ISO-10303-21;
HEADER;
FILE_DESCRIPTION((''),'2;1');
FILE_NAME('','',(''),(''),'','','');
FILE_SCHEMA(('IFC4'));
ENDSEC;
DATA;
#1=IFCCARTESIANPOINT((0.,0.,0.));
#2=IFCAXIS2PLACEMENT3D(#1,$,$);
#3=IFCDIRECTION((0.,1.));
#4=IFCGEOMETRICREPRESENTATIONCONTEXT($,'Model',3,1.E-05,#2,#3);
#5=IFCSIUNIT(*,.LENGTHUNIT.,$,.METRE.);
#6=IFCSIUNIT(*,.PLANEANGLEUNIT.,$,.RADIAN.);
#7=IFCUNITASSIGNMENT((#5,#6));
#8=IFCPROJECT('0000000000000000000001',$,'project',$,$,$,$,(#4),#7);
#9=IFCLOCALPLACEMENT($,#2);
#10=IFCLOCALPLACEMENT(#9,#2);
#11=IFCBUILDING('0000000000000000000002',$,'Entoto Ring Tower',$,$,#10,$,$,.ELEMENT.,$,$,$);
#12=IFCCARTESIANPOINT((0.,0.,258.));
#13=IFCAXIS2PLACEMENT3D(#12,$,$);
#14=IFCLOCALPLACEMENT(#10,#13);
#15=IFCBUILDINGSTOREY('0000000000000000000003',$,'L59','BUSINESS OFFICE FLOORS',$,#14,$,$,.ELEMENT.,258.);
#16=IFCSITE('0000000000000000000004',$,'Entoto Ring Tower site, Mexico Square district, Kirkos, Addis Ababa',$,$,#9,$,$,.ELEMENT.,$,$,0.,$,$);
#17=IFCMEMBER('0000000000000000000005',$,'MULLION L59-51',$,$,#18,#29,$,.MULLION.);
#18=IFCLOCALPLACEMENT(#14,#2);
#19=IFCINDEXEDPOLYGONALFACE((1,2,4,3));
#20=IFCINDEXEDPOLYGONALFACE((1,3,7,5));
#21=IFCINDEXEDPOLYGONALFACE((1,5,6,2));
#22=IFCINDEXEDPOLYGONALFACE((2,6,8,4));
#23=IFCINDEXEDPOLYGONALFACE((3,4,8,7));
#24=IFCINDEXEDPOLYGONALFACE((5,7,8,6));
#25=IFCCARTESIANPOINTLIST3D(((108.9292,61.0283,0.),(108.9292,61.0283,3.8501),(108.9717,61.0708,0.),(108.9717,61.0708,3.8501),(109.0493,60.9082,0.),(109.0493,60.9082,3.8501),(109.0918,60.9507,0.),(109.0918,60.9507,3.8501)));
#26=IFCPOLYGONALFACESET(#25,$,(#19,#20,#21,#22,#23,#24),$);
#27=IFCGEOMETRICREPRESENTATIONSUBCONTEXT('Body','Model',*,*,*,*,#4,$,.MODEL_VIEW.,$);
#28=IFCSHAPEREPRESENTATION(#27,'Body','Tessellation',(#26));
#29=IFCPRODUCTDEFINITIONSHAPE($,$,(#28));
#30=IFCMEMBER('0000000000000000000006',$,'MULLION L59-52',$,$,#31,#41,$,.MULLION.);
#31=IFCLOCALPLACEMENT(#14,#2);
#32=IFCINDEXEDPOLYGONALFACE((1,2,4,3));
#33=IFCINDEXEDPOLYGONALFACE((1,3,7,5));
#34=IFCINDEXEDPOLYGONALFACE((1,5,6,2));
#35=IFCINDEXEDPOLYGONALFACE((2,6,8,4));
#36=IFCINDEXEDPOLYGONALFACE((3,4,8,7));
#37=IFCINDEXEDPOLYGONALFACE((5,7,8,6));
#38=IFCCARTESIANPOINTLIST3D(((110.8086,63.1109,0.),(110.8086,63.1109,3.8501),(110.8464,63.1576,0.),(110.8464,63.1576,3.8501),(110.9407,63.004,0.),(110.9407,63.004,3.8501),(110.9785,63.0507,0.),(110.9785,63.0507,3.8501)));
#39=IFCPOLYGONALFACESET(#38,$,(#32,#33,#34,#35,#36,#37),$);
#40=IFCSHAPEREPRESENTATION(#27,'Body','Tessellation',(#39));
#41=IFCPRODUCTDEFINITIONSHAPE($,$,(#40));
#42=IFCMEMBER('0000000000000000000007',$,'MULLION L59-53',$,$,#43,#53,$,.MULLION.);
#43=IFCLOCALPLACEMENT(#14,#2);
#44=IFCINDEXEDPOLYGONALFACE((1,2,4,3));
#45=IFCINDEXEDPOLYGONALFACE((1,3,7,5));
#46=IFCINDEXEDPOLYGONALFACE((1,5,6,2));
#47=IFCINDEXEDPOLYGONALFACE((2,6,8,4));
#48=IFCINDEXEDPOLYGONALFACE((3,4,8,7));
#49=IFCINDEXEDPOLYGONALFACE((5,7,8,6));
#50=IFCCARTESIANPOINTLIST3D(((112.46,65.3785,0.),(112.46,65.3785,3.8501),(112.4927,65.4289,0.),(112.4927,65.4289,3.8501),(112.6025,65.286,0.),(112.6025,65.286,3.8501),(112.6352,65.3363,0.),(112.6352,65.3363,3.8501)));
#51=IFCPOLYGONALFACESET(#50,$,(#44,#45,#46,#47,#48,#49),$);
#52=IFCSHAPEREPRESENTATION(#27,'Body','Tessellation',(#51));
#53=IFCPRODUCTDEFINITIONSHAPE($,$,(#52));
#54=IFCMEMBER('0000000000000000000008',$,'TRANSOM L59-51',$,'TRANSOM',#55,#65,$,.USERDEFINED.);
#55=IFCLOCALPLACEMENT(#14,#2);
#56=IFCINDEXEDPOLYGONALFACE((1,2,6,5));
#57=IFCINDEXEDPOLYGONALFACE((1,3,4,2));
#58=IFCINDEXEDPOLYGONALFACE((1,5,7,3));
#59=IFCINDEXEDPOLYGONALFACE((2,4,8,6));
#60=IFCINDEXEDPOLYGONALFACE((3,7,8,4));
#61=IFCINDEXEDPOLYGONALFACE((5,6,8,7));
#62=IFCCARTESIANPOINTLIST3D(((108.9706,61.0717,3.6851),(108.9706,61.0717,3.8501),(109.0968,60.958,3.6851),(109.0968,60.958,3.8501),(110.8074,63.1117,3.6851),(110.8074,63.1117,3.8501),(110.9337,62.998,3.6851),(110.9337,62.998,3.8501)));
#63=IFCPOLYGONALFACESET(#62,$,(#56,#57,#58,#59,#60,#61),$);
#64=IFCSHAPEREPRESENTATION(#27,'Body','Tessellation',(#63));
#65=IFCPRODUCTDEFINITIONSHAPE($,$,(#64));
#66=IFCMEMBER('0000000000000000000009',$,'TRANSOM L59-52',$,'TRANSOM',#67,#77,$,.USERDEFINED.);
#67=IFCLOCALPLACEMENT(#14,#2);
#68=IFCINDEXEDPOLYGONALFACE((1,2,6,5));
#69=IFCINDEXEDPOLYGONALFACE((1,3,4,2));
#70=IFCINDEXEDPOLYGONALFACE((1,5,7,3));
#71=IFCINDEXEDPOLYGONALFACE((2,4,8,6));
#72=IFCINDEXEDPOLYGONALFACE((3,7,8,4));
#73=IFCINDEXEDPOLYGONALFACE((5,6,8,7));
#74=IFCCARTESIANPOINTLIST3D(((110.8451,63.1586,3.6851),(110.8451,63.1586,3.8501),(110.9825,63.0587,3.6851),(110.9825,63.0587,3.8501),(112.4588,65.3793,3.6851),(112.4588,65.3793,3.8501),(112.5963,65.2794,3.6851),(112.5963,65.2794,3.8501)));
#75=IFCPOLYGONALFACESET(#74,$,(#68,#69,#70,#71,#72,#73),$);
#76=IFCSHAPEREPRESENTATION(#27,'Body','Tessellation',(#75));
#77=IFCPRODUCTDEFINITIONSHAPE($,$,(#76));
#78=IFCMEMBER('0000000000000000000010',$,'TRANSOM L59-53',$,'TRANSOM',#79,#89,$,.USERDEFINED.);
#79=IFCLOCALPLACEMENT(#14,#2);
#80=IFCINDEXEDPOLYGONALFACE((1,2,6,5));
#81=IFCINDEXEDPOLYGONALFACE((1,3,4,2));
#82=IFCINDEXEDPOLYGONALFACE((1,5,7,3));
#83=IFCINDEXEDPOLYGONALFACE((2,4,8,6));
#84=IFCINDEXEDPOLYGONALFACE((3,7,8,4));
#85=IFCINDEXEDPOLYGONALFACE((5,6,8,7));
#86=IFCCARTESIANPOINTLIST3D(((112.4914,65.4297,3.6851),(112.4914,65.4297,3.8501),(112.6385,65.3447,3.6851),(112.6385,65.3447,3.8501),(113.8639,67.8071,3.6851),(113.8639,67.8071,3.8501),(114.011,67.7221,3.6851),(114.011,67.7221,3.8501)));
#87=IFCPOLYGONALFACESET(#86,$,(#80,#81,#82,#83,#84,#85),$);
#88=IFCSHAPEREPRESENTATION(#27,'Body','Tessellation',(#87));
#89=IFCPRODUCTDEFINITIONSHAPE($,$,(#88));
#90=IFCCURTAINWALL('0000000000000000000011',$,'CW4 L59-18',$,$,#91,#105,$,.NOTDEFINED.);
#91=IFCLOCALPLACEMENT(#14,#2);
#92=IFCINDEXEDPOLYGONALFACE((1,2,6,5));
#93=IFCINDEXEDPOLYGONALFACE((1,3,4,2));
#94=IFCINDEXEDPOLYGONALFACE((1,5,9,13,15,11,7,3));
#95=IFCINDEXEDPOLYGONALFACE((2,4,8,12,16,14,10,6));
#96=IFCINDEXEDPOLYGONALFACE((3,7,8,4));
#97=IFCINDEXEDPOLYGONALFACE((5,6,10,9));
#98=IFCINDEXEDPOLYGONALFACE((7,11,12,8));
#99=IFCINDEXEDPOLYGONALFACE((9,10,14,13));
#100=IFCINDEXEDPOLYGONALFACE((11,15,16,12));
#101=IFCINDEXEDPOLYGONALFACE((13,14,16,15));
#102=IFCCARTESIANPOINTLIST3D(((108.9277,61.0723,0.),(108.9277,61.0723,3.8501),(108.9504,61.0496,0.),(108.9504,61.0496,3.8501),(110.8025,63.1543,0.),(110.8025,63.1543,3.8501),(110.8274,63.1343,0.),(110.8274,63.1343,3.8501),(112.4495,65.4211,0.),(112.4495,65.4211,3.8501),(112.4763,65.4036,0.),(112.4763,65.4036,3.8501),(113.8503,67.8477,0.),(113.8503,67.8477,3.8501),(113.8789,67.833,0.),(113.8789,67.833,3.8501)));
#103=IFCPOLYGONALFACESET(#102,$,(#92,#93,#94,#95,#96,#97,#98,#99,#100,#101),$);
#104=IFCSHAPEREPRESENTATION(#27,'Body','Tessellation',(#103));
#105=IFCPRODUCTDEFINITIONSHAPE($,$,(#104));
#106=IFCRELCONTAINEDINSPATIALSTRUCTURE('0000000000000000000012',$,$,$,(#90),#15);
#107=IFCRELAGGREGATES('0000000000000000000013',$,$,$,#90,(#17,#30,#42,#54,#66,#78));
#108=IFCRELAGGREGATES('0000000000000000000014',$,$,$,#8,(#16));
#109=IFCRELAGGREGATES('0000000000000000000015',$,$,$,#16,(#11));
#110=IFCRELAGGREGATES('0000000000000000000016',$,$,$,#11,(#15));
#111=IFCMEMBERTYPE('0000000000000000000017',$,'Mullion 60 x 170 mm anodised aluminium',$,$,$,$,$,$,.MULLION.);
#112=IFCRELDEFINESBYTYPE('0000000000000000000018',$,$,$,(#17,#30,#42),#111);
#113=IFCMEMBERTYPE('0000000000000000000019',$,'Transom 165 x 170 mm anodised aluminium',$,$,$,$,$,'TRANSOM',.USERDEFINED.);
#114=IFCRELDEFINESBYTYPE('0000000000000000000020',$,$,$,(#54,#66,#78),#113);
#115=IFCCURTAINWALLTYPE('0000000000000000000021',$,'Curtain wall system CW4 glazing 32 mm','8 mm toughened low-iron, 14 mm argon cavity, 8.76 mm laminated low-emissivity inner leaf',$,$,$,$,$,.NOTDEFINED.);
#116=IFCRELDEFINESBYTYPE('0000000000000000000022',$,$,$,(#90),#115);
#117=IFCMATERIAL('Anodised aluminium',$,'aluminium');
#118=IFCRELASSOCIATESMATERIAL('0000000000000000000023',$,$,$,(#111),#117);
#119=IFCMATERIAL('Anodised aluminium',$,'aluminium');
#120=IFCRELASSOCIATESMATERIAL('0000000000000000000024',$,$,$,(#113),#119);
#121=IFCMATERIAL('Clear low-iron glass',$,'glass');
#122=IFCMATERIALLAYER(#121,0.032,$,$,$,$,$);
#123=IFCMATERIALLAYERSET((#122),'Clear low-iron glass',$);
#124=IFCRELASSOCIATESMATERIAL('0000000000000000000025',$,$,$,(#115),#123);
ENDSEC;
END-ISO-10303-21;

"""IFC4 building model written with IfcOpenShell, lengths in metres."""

from ifc_helpers import new_model, si_unit, direction, frame, origin, origin_2d, place, context, subcontext, project, spatial, polyline, rectangle, outline, extrude, material, layer, layer_set, material_profile, profile_set, type_object, element, aggregate, save


model = new_model("IFC4")

# Units and contexts
model_context = context("Model", 3, precision=1e-05, world=origin(), true_north=direction((0.0, 1.0)))
body_context = subcontext(model_context, "Body", "Model", "MODEL_VIEW")
ifc_project = project(units=[si_unit("LENGTHUNIT", "METRE"), si_unit("PLANEANGLEUNIT", "RADIAN")], contexts=[model_context])

# Members
ifc_material_1 = material(Name="Anodised aluminium", Category="aluminium")
ifc_material_profile_1 = material_profile(ifc_material_1, rectangle(XDim=0.0601, YDim=0.1699, at=origin_2d()), Name="Mullion 60 x 170 mm anodised aluminium")
ifc_profile_set_1 = profile_set([ifc_material_profile_1], Name="Anodised aluminium")
member_type_1 = type_object("IfcMemberType", Name="Mullion 60 x 170 mm anodised aluminium", PredefinedType="MULLION", material=ifc_profile_set_1)
site_placement = place(None, origin())
building_placement = place(site_placement, origin())
storey_placement = place(building_placement, frame((0.0, 0.0, 258.0)))
member_1_placement = place(storey_placement, frame((109.0105, 60.9895, 0.0), z_axis=(0.0, 0.0, 1.0), x_axis=(0.707107, 0.707107, 0.0)))
member_1 = element("IfcMember", 1, at=member_1_placement, type_object=member_type_1, Name="MULLION L59-51", PredefinedType="MULLION", context=body_context, shape_type="SweptSolid", body=[
    extrude(rectangle(XDim=0.0601, YDim=0.1699, at=origin_2d()), origin(), (0.0, 0.0, 1.0), 3.8501),
])
member_2_placement = place(storey_placement, frame((110.8936, 63.0808, 0.0), z_axis=(0.0, 0.0, 1.0), x_axis=(0.62932, 0.777146, 0.0)))
member_2 = element("IfcMember", 2, at=member_2_placement, type_object=member_type_1, Name="MULLION L59-52", PredefinedType="MULLION", context=body_context, shape_type="SweptSolid", body=[
    extrude(rectangle(XDim=0.0601, YDim=0.1699, at=origin_2d()), origin(), (0.0, 0.0, 1.0), 3.8501),
])
member_3_placement = place(storey_placement, frame((112.5476, 65.3574, 0.0), z_axis=(0.0, 0.0, 1.0), x_axis=(0.544639, 0.838671, 0.0)))
member_3 = element("IfcMember", 3, at=member_3_placement, type_object=member_type_1, Name="MULLION L59-53", PredefinedType="MULLION", context=body_context, shape_type="SweptSolid", body=[
    extrude(rectangle(XDim=0.0601, YDim=0.1699, at=origin_2d()), origin(), (0.0, 0.0, 1.0), 3.8501),
])
ifc_material_2 = material(Name="Anodised aluminium", Category="aluminium")
ifc_material_profile_2 = material_profile(ifc_material_2, rectangle(XDim=0.1699, YDim=0.165, at=origin_2d()), Name="Transom 165 x 170 mm anodised aluminium")
ifc_profile_set_2 = profile_set([ifc_material_profile_2], Name="Anodised aluminium")
member_type_2 = type_object("IfcMemberType", Name="Transom 165 x 170 mm anodised aluminium", ElementType="TRANSOM", PredefinedType="USERDEFINED", material=ifc_profile_set_2)
member_4_placement = place(storey_placement, frame((109.0337, 61.0149, 3.7676), z_axis=(0.669142, 0.743135, 0.0), x_axis=(-0.743135, 0.669142, 0.0)))
member_4 = element("IfcMember", 4, at=member_4_placement, type_object=member_type_2, Name="TRANSOM L59-51", ObjectType="TRANSOM", PredefinedType="USERDEFINED", context=body_context, shape_type="SweptSolid", body=[
    extrude(rectangle(XDim=0.1699, YDim=0.165, at=origin_2d()), origin(), (0.0, 0.0, 1.0), 2.7451),
])
member_5_placement = place(storey_placement, frame((110.9138, 63.1086, 3.7676), z_axis=(0.587865, 0.808959, 0.0), x_axis=(-0.808959, 0.587865, 0.0)))
member_5 = element("IfcMember", 5, at=member_5_placement, type_object=member_type_2, Name="TRANSOM L59-52", ObjectType="TRANSOM", PredefinedType="USERDEFINED", context=body_context, shape_type="SweptSolid", body=[
    extrude(rectangle(XDim=0.1699, YDim=0.165, at=origin_2d()), origin(), (0.0, 0.0, 1.0), 2.7451),
])
member_6_placement = place(storey_placement, frame((112.5649, 65.3872, 3.7676), z_axis=(0.499984, 0.866035, 0.0), x_axis=(-0.866035, 0.499984, 0.0)))
member_6 = element("IfcMember", 6, at=member_6_placement, type_object=member_type_2, Name="TRANSOM L59-53", ObjectType="TRANSOM", PredefinedType="USERDEFINED", context=body_context, shape_type="SweptSolid", body=[
    extrude(rectangle(XDim=0.1699, YDim=0.165, at=origin_2d()), origin(), (0.0, 0.0, 1.0), 2.7451),
])

# Site, building, storey
site = spatial("IfcSite", under=ifc_project, at=site_placement, Name="Entoto Ring Tower site, Mexico Square district, Kirkos, Addis Ababa", CompositionType="ELEMENT", RefElevation=0.0)
building = spatial("IfcBuilding", under=site, at=building_placement, Name="Entoto Ring Tower", CompositionType="ELEMENT")
storey = spatial("IfcBuildingStorey", under=building, at=storey_placement, Name="L59", Description="BUSINESS OFFICE FLOORS", CompositionType="ELEMENT", Elevation=258.0)

# Curtain wall
ifc_material_3 = material(Name="Clear low-iron glass", Category="glass")
ifc_layer_1 = layer(ifc_material_3, 0.032)
ifc_layer_set_1 = layer_set([ifc_layer_1], Name="Clear low-iron glass")
curtain_wall_type = type_object("IfcCurtainWallType", Name="Curtain wall system CW4 glazing 32 mm", Description="8 mm toughened low-iron, 14 mm argon cavity, 8.76 mm laminated low-emissivity inner leaf", PredefinedType="NOTDEFINED", material=ifc_layer_set_1)
curtain_wall_1_placement = place(storey_placement, origin())
curtain_wall_1 = element("IfcCurtainWall", 7, at=curtain_wall_1_placement, inside=storey, type_object=curtain_wall_type, Name="CW4 L59-18", PredefinedType="NOTDEFINED", context=body_context, shape_type="SweptSolid", body=[
    extrude(outline(polyline([(108.9504, 61.0496), (110.8274, 63.1343), (112.4763, 65.4036), (113.8789, 67.833), (113.8503, 67.8477), (112.4495, 65.4211), (110.8025, 63.1543), (108.9277, 61.0723), (108.9504, 61.0496)])), origin(), (0.0, 0.0, 1.0), 3.8501),
])
aggregate(curtain_wall_1, [member_1, member_2, member_3, member_4, member_5, member_6])

save(model, "model.ifc")
